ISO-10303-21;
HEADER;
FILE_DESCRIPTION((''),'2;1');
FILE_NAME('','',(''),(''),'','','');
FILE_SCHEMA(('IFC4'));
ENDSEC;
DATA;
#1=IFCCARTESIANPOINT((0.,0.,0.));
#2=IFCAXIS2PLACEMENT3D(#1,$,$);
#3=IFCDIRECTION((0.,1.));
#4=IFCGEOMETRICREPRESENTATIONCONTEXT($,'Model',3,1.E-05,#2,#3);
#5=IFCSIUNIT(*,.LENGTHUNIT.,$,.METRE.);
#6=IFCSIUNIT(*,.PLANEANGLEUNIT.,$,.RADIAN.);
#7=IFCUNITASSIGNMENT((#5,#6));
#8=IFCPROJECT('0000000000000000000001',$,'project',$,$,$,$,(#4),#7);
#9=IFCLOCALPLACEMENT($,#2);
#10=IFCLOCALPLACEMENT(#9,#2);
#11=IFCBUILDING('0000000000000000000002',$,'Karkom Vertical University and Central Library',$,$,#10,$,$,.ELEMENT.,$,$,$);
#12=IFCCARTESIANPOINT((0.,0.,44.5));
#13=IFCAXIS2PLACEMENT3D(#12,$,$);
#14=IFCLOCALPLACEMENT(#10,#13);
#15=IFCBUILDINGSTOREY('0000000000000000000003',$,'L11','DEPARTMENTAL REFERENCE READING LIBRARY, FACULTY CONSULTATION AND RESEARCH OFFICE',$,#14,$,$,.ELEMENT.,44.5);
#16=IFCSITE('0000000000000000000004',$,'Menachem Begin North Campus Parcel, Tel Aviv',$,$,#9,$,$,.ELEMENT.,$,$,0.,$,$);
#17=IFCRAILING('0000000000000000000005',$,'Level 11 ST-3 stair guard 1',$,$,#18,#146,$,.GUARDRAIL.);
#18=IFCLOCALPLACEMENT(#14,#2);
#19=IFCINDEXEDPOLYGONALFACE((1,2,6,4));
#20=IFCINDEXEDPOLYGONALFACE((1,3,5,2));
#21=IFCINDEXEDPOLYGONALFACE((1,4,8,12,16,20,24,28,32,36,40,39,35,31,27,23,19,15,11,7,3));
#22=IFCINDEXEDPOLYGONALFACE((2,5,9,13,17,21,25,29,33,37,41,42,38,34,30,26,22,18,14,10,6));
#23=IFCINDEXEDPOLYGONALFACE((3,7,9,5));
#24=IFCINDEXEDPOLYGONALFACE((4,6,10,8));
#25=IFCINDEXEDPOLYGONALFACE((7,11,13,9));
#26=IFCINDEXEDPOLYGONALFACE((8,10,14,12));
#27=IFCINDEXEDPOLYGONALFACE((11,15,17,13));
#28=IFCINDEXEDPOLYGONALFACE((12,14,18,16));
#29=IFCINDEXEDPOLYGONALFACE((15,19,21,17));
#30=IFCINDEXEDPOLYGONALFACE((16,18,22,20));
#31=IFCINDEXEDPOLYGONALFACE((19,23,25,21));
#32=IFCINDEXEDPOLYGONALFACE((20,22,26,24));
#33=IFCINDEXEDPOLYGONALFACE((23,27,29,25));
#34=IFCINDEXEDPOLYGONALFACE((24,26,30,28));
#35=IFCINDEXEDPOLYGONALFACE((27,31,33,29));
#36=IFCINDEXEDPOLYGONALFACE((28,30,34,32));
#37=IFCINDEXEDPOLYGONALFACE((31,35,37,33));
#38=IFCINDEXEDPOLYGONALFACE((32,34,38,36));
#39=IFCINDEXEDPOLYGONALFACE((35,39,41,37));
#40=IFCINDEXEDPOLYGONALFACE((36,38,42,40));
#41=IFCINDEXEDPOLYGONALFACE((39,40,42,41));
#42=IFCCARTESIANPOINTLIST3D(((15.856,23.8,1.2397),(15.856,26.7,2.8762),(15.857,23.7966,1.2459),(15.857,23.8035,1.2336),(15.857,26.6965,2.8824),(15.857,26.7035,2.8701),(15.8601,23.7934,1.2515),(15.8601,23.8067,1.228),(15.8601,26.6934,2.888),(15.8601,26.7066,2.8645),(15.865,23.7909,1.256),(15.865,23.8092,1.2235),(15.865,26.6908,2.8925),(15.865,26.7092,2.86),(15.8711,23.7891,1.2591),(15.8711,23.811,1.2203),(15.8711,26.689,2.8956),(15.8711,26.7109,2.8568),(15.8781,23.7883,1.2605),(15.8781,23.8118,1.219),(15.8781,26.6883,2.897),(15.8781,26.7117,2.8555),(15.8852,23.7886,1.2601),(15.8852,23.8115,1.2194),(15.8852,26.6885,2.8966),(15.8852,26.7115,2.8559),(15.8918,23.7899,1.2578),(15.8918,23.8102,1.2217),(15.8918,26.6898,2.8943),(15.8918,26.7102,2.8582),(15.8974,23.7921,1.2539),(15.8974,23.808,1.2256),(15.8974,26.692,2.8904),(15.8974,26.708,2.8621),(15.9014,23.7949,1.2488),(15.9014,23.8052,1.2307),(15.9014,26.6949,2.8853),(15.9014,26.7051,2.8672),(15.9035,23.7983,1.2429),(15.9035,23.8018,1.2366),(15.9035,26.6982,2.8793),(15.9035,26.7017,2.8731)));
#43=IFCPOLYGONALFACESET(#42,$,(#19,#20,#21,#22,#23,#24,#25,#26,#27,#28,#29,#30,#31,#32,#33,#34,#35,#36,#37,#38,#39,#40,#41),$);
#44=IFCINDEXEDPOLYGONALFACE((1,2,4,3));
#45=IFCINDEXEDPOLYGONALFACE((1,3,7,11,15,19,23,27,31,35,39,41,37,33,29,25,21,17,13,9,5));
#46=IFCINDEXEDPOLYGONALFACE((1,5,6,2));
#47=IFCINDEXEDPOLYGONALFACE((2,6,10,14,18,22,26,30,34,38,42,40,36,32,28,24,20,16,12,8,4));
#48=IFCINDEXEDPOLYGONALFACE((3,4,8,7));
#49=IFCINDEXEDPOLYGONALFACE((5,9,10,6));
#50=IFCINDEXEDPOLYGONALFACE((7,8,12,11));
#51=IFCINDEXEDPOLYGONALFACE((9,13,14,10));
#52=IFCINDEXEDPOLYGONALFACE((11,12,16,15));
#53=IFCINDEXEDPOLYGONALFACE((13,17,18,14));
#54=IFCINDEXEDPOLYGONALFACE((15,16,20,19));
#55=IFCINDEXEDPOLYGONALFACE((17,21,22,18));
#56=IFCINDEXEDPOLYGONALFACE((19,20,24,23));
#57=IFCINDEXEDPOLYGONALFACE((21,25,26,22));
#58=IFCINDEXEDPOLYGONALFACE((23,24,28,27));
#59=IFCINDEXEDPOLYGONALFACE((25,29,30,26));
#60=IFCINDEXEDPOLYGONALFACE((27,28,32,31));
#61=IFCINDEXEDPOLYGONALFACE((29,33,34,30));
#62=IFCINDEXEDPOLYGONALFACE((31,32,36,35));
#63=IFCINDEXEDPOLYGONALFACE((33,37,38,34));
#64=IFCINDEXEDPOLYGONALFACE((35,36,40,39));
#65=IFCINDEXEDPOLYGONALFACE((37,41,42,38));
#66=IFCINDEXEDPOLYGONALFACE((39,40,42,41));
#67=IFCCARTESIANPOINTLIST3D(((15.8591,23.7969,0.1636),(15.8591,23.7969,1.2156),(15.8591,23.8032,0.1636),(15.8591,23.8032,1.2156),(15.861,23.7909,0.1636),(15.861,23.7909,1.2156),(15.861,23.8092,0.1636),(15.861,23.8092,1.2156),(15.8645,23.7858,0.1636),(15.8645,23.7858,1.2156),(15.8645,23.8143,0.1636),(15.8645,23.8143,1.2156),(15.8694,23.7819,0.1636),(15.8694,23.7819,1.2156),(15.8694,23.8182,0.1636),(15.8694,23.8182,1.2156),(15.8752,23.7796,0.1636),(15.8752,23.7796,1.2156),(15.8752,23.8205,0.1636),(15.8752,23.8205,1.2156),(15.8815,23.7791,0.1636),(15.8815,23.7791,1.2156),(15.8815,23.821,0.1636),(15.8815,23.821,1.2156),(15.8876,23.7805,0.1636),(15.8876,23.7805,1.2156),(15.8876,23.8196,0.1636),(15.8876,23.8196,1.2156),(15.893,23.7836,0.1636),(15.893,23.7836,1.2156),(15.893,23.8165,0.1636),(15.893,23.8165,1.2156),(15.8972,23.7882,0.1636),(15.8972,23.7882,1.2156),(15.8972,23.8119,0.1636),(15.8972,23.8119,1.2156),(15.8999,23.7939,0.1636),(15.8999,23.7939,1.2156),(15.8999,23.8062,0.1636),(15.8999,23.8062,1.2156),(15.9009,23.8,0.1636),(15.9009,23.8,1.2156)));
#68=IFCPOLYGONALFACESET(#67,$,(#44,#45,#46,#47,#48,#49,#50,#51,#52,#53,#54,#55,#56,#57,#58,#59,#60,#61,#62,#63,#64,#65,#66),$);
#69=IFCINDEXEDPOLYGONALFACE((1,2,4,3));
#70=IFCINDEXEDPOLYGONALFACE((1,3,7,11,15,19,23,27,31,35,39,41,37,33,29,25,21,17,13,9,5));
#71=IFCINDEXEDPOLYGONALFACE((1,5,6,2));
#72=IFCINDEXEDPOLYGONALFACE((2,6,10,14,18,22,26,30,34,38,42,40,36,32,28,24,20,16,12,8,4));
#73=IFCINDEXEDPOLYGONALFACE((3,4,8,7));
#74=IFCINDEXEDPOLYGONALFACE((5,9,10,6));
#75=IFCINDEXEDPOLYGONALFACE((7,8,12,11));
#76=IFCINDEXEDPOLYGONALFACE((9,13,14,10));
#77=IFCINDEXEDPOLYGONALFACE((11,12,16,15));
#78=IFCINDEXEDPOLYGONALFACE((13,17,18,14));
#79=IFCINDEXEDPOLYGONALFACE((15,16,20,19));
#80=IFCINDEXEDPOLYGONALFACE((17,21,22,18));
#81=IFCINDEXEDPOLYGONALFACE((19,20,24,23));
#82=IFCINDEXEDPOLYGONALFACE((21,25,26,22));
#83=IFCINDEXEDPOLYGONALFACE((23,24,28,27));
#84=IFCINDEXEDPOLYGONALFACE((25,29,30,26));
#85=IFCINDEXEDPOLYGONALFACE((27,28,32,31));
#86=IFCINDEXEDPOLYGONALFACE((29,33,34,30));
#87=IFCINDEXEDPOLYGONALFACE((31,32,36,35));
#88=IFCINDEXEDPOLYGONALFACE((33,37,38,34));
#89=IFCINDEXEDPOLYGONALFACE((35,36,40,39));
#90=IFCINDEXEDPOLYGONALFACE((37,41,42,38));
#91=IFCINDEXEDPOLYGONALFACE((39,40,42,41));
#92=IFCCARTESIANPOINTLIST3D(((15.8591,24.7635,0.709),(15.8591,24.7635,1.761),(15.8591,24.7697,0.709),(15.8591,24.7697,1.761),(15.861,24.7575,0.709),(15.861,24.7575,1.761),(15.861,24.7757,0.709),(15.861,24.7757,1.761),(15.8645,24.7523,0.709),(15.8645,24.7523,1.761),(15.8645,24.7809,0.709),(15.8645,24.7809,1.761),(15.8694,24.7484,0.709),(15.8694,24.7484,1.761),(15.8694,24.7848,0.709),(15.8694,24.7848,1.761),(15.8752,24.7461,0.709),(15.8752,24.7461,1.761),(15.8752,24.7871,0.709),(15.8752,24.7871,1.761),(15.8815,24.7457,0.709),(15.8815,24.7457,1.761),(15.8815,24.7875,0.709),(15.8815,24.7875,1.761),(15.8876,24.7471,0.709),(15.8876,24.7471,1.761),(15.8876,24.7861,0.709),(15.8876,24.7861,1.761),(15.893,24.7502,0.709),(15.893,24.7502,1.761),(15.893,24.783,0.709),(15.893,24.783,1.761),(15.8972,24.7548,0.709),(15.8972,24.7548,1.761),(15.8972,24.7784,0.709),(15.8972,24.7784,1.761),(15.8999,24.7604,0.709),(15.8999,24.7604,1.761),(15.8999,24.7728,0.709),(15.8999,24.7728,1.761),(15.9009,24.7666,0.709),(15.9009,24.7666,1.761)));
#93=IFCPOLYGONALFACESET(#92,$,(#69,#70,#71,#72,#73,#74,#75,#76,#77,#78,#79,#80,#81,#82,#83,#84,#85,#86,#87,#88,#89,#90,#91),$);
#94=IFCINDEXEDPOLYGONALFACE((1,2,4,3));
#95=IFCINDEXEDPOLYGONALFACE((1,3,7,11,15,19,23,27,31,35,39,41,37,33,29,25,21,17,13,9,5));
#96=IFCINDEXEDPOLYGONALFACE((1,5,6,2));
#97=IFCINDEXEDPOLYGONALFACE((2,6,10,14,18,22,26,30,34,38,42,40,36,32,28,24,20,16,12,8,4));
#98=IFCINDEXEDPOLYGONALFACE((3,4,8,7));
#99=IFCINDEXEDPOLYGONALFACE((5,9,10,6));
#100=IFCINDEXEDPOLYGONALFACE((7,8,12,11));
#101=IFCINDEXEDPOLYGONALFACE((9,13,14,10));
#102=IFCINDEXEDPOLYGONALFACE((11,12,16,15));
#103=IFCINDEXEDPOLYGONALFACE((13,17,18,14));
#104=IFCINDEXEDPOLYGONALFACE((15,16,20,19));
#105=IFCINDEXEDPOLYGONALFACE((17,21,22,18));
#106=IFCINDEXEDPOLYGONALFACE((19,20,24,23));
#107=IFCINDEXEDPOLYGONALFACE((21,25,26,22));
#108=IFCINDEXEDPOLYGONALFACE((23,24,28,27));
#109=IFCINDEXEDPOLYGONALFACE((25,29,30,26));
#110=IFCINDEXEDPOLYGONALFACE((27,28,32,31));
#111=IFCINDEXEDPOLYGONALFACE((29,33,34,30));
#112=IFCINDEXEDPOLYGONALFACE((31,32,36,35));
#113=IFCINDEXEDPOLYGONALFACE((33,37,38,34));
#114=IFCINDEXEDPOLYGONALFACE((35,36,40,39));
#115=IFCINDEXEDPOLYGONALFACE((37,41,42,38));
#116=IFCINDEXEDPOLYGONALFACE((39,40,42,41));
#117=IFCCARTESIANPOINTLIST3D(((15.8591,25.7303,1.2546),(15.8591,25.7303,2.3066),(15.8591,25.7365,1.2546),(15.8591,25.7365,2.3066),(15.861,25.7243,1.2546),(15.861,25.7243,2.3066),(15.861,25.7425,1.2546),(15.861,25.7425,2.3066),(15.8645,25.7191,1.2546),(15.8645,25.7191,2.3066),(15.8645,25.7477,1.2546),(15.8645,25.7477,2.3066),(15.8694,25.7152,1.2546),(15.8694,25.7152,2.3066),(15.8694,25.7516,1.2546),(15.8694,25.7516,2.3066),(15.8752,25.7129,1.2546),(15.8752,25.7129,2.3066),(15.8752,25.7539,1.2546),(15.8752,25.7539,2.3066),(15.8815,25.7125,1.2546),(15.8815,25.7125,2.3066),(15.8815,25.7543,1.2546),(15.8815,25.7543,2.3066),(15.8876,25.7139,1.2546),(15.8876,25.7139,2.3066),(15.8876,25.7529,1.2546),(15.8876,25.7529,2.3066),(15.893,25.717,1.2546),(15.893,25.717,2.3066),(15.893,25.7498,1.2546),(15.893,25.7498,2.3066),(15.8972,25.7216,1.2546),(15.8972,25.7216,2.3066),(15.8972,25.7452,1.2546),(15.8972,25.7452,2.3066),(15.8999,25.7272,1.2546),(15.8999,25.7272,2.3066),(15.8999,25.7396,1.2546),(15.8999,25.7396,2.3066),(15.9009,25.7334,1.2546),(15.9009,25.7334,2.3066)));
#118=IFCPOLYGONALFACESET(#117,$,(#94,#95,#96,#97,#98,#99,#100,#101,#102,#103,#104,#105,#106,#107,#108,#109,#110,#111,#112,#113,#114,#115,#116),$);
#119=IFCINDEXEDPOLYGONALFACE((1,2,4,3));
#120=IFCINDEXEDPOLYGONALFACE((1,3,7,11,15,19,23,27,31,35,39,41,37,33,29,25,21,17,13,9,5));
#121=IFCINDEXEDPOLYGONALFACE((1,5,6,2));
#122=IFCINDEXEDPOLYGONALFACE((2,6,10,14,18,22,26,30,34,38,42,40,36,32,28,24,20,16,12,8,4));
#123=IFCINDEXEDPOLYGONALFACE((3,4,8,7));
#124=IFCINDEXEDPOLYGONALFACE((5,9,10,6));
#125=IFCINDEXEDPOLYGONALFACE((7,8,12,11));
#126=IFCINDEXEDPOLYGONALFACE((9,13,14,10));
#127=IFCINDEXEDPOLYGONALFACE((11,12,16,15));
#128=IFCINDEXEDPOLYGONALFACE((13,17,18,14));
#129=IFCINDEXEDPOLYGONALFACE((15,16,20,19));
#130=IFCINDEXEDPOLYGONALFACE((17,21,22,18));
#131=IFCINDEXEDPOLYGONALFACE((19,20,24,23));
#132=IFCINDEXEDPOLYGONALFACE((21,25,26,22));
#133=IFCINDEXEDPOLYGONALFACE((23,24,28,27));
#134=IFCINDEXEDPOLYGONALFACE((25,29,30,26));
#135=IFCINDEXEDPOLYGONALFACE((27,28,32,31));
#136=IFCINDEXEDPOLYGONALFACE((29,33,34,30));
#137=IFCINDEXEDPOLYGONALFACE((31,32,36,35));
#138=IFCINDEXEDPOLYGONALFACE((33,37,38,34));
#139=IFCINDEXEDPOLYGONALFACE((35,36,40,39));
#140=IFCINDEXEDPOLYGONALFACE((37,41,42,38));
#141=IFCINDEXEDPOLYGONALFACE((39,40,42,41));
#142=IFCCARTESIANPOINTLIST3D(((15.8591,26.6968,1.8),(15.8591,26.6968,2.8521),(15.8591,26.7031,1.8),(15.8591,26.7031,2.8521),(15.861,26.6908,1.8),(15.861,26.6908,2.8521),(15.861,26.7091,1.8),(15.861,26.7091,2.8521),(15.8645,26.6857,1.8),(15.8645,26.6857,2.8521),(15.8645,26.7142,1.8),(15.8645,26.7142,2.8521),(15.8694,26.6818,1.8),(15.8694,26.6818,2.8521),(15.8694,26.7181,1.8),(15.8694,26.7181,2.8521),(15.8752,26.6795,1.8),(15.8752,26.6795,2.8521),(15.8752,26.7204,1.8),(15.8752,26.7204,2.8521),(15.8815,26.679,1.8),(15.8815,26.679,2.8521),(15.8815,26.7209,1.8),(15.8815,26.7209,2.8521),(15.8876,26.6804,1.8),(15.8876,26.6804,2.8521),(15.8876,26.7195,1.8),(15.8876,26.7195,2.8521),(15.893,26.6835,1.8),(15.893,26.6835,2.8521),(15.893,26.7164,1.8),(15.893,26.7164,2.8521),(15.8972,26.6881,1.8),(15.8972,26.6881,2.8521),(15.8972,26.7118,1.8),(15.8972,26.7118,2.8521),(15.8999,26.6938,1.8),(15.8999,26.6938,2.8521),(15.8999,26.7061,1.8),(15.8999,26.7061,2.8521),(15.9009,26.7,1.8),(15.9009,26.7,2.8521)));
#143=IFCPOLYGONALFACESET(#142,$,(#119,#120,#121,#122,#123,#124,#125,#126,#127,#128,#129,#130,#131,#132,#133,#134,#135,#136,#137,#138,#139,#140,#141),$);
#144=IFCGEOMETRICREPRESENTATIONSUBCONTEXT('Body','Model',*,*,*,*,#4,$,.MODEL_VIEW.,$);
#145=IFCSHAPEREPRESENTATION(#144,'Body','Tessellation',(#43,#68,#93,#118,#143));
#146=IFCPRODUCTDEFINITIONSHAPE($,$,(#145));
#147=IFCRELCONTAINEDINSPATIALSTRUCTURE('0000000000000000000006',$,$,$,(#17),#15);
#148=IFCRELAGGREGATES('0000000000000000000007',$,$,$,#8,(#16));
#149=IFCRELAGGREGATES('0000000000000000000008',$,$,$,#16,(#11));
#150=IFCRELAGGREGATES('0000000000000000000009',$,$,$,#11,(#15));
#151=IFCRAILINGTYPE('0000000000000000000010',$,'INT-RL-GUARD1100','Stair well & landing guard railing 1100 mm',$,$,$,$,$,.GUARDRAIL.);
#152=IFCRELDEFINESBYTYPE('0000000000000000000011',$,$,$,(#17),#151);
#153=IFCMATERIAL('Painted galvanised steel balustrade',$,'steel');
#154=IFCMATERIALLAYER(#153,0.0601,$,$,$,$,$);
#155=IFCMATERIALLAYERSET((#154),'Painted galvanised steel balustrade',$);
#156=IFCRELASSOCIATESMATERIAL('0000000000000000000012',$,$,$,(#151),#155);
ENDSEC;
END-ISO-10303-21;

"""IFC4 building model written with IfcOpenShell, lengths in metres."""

from ifc_helpers import new_model, si_unit, direction, frame, origin, origin_2d, place, context, subcontext, project, spatial, circle, extrude, material, layer, layer_set, type_object, element, save


model = new_model("IFC4")

# Units and contexts
model_context = context("Model", 3, precision=1e-05, world=origin(), true_north=direction((0.0, 1.0)))
body_context = subcontext(model_context, "Body", "Model", "MODEL_VIEW")
ifc_project = project(units=[si_unit("LENGTHUNIT", "METRE"), si_unit("PLANEANGLEUNIT", "RADIAN")], contexts=[model_context])

# Site, building, storey
site_placement = place(None, origin())
site = spatial("IfcSite", under=ifc_project, at=site_placement, Name="Menachem Begin North Campus Parcel, Tel Aviv", CompositionType="ELEMENT", RefElevation=0.0)
building_placement = place(site_placement, origin())
building = spatial("IfcBuilding", under=site, at=building_placement, Name="Karkom Vertical University and Central Library", CompositionType="ELEMENT")
storey_placement = place(building_placement, frame((0.0, 0.0, 44.5)))
storey = spatial("IfcBuildingStorey", under=building, at=storey_placement, Name="L11", Description="DEPARTMENTAL REFERENCE READING LIBRARY, FACULTY CONSULTATION AND RESEARCH OFFICE", CompositionType="ELEMENT", Elevation=44.5)

# Railing
ifc_material_1 = material(Name="Painted galvanised steel balustrade", Category="steel")
ifc_layer_1 = layer(ifc_material_1, 0.0601)
ifc_layer_set_1 = layer_set([ifc_layer_1], Name="Painted galvanised steel balustrade")
railing_type_1 = type_object("IfcRailingType", Name="INT-RL-GUARD1100", Description="Stair well & landing guard railing 1100 mm", PredefinedType="GUARDRAIL", material=ifc_layer_set_1)
railing_1_placement = place(storey_placement, frame((15.8799, 23.8, 0.1636)))
element("IfcRailing", 1, at=railing_1_placement, inside=storey, type_object=railing_type_1, Name="Level 11 ST-3 stair guard 1", PredefinedType="GUARDRAIL", context=body_context, shape_type="SweptSolid", body=[
    extrude(circle(Radius=0.0239, at=origin_2d()), frame((0.0, 0.0, 1.0762), z_axis=(0.0, 0.870897, 0.491465), x_axis=(-1.0, 0.0, 0.0)), (0.0, 0.0, 1.0), 3.3298),
    extrude(circle(Radius=0.021, at=origin_2d()), origin(), (0.0, 0.0, 1.0), 1.052),
    extrude(circle(Radius=0.021, at=origin_2d()), frame((0.0, 0.9666, 0.5454)), (0.0, 0.0, 1.0), 1.052),
    extrude(circle(Radius=0.021, at=origin_2d()), frame((0.0, 1.9333, 1.0911)), (0.0, 0.0, 1.0), 1.052),
    extrude(circle(Radius=0.021, at=origin_2d()), frame((0.0, 2.8999, 1.6365)), (0.0, 0.0, 1.0), 1.052),
])

save(model, "model.ifc")
